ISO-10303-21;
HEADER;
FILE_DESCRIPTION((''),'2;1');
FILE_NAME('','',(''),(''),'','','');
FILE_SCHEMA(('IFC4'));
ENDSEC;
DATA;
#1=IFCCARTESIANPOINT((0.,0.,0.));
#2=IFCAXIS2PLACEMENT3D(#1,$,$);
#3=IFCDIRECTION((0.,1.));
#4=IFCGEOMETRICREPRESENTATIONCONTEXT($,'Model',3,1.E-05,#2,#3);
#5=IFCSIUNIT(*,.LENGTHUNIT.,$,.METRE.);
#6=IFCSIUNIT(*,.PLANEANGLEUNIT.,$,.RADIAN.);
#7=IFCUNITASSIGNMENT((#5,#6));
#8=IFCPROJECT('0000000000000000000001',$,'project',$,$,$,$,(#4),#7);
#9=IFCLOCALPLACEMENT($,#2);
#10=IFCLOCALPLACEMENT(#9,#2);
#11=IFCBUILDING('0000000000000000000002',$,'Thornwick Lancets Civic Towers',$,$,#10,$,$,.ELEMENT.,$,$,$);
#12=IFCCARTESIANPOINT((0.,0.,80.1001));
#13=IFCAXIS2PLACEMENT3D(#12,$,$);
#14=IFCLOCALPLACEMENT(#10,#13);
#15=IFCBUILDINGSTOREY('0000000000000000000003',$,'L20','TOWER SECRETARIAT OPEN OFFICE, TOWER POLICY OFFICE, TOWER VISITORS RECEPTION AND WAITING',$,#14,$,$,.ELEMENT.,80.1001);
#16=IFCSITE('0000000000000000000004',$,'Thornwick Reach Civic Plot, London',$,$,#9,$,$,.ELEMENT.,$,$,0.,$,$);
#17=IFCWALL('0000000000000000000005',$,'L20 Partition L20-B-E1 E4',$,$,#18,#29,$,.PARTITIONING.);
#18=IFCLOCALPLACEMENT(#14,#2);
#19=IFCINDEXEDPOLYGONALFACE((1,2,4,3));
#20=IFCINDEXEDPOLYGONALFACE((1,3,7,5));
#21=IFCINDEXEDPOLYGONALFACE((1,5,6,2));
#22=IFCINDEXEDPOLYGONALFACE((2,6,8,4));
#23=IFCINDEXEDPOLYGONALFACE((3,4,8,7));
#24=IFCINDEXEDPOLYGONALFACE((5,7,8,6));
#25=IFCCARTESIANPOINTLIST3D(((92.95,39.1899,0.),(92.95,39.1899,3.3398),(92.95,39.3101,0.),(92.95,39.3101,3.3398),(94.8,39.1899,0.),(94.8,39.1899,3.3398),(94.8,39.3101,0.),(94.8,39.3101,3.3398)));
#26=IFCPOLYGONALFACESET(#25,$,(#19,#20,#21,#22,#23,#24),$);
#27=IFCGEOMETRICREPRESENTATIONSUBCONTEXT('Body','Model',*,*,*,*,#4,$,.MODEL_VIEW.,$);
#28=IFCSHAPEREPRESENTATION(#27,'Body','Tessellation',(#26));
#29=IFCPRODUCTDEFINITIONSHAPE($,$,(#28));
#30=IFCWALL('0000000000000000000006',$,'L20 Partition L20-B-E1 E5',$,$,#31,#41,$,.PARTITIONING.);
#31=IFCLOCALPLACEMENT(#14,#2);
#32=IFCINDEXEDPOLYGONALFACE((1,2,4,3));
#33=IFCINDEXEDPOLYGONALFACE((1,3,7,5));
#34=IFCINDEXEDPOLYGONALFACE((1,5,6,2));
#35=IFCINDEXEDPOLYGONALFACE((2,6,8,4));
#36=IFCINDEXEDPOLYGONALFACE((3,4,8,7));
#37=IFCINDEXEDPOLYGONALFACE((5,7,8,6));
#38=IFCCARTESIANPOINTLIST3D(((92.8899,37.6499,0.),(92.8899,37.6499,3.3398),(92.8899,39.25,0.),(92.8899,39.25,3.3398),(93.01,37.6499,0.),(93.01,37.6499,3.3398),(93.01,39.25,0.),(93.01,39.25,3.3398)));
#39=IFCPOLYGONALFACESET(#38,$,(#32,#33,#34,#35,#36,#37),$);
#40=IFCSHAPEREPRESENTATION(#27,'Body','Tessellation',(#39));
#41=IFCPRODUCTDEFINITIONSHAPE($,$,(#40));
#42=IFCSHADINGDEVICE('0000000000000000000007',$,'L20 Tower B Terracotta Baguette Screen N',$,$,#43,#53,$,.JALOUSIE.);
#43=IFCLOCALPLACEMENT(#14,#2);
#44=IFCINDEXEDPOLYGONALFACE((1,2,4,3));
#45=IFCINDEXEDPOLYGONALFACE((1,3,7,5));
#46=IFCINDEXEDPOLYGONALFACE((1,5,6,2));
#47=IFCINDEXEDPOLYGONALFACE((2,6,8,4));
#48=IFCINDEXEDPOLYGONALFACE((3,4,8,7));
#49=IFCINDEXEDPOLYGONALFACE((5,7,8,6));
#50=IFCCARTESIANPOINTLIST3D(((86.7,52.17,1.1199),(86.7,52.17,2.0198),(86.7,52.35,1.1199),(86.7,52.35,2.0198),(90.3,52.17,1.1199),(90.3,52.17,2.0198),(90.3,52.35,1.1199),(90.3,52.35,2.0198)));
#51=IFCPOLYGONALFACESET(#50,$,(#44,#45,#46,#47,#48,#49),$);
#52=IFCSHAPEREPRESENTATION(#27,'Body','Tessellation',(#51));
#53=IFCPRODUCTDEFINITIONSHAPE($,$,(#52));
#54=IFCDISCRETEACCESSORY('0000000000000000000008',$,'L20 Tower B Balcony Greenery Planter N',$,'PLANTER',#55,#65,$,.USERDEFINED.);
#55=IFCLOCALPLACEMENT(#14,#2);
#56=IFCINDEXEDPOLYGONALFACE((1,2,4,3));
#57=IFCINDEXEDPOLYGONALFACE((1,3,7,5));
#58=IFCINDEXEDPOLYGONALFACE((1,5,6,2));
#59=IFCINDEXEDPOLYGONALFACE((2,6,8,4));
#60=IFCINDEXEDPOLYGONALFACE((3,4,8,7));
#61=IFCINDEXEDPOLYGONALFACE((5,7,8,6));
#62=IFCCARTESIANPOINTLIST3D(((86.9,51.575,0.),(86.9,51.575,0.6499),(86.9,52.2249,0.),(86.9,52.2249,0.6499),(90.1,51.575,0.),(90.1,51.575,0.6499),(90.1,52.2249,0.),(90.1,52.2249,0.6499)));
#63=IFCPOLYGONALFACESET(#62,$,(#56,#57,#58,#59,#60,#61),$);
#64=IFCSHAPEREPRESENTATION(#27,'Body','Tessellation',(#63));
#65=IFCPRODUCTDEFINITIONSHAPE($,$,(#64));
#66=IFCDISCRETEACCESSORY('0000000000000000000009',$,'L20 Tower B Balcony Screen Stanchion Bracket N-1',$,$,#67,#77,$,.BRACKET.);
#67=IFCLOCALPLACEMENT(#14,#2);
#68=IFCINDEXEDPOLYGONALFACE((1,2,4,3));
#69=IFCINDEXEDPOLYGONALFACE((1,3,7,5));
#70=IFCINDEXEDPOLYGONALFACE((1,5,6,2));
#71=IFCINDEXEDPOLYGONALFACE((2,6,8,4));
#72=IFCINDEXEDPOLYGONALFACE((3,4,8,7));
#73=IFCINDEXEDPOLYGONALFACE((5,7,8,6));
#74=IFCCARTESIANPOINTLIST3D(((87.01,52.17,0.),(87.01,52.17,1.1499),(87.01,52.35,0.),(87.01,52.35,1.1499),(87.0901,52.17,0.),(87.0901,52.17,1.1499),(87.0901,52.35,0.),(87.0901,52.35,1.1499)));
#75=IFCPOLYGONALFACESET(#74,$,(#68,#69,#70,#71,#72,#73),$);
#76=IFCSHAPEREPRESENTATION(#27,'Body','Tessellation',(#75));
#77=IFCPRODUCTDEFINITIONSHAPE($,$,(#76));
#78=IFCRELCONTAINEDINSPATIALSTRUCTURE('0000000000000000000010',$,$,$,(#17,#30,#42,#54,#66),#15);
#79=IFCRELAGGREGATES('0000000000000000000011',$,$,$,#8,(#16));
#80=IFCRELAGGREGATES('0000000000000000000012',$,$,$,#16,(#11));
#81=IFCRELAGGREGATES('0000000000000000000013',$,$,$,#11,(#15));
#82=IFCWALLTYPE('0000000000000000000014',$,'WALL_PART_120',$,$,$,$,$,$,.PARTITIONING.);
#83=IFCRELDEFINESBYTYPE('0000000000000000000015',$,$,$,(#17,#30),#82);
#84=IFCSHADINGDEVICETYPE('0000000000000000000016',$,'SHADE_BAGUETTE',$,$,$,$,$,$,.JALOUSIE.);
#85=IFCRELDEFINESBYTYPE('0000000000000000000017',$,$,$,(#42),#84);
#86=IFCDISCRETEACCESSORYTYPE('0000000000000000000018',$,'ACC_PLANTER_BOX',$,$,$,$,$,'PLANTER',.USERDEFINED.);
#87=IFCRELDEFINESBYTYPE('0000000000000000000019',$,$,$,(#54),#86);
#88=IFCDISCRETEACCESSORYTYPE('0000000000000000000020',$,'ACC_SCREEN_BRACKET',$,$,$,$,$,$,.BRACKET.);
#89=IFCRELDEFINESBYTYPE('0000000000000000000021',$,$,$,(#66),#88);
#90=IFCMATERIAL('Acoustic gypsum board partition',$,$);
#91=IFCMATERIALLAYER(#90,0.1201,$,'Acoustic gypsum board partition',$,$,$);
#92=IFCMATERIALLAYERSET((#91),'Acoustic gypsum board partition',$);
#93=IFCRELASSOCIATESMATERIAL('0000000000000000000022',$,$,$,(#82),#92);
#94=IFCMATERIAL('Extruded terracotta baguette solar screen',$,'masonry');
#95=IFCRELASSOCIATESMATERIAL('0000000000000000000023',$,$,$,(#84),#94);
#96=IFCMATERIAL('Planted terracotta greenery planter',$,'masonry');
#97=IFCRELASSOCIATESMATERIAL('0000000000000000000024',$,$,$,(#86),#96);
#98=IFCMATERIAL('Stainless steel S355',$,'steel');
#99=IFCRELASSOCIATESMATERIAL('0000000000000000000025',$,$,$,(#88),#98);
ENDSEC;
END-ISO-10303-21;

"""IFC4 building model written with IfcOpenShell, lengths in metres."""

from ifc_helpers import new_model, si_unit, direction, frame, frame_2d, origin, origin_2d, place, context, subcontext, project, spatial, rectangle, extrude, material, layer, layer_set, type_object, element, save


model = new_model("IFC4")

# Units and contexts
model_context = context("Model", 3, precision=1e-05, world=origin(), true_north=direction((0.0, 1.0)))
body_context = subcontext(model_context, "Body", "Model", "MODEL_VIEW")
ifc_project = project(units=[si_unit("LENGTHUNIT", "METRE"), si_unit("PLANEANGLEUNIT", "RADIAN")], contexts=[model_context])

# Site, building, storey
site_placement = place(None, origin())
site = spatial("IfcSite", under=ifc_project, at=site_placement, Name="Thornwick Reach Civic Plot, London", CompositionType="ELEMENT", RefElevation=0.0)
building_placement = place(site_placement, origin())
building = spatial("IfcBuilding", under=site, at=building_placement, Name="Thornwick Lancets Civic Towers", CompositionType="ELEMENT")
storey_placement = place(building_placement, frame((0.0, 0.0, 80.1001)))
storey = spatial("IfcBuildingStorey", under=building, at=storey_placement, Name="L20", Description="TOWER SECRETARIAT OPEN OFFICE, TOWER POLICY OFFICE, TOWER VISITORS RECEPTION AND WAITING", CompositionType="ELEMENT", Elevation=80.1001)

# Walls
ifc_material_1 = material(Name="Acoustic gypsum board partition")
ifc_layer_1 = layer(ifc_material_1, 0.1201, Name="Acoustic gypsum board partition")
ifc_layer_set_1 = layer_set([ifc_layer_1], Name="Acoustic gypsum board partition")
wall_type_1 = type_object("IfcWallType", Name="WALL_PART_120", PredefinedType="PARTITIONING", material=ifc_layer_set_1)
wall_1_placement = place(storey_placement, frame((94.8, 39.25, 0.0), z_axis=(0.0, 0.0, 1.0), x_axis=(-1.0, 0.0, 0.0)))
element("IfcWall", 1, at=wall_1_placement, inside=storey, type_object=wall_type_1, Name="L20 Partition L20-B-E1 E4", PredefinedType="PARTITIONING", context=body_context, shape_type="SweptSolid", body=[
    extrude(rectangle(XDim=1.8501, YDim=0.1201, at=frame_2d((0.925, 0.0))), origin(), (0.0, 0.0, 1.0), 3.3398),
])
wall_2_placement = place(storey_placement, frame((92.95, 39.25, 0.0), z_axis=(0.0, 0.0, 1.0), x_axis=(0.0, -1.0, 0.0)))
element("IfcWall", 2, at=wall_2_placement, inside=storey, type_object=wall_type_1, Name="L20 Partition L20-B-E1 E5", PredefinedType="PARTITIONING", context=body_context, shape_type="SweptSolid", body=[
    extrude(rectangle(XDim=1.6001, YDim=0.1201, at=frame_2d((0.8, 0.0))), origin(), (0.0, 0.0, 1.0), 3.3398),
])

# Shading device
ifc_material_2 = material(Name="Extruded terracotta baguette solar screen", Category="masonry")
shading_device_type = type_object("IfcShadingDeviceType", Name="SHADE_BAGUETTE", PredefinedType="JALOUSIE", material=ifc_material_2)
shading_device_placement = place(storey_placement, frame((88.5, 52.26, 1.1199), z_axis=(0.0, 0.0, 1.0), x_axis=(1.0, 0.0, 0.0)))
element("IfcShadingDevice", 3, at=shading_device_placement, inside=storey, type_object=shading_device_type, Name="L20 Tower B Terracotta Baguette Screen N", PredefinedType="JALOUSIE", context=body_context, shape_type="SweptSolid", body=[
    extrude(rectangle(XDim=3.6001, YDim=0.1799, at=origin_2d()), origin(), (0.0, 0.0, 1.0), 0.8999),
])

# Discrete accessories
ifc_material_3 = material(Name="Planted terracotta greenery planter", Category="masonry")
discrete_accessory_type_1 = type_object("IfcDiscreteAccessoryType", Name="ACC_PLANTER_BOX", ElementType="PLANTER", PredefinedType="USERDEFINED", material=ifc_material_3)
discrete_accessory_1_placement = place(storey_placement, frame((88.5, 51.8999, 0.0), z_axis=(0.0, 0.0, 1.0), x_axis=(1.0, 0.0, 0.0)))
element("IfcDiscreteAccessory", 4, at=discrete_accessory_1_placement, inside=storey, type_object=discrete_accessory_type_1, Name="L20 Tower B Balcony Greenery Planter N", ObjectType="PLANTER", PredefinedType="USERDEFINED", context=body_context, shape_type="SweptSolid", body=[
    extrude(rectangle(XDim=3.2, YDim=0.6499, at=origin_2d()), origin(), (0.0, 0.0, 1.0), 0.6499),
])
ifc_material_4 = material(Name="Stainless steel S355", Category="steel")
discrete_accessory_type_2 = type_object("IfcDiscreteAccessoryType", Name="ACC_SCREEN_BRACKET", PredefinedType="BRACKET", material=ifc_material_4)
discrete_accessory_2_placement = place(storey_placement, frame((87.05, 52.26, 0.0), z_axis=(0.0, 0.0, 1.0), x_axis=(1.0, 0.0, 0.0)))
element("IfcDiscreteAccessory", 5, at=discrete_accessory_2_placement, inside=storey, type_object=discrete_accessory_type_2, Name="L20 Tower B Balcony Screen Stanchion Bracket N-1", PredefinedType="BRACKET", context=body_context, shape_type="SweptSolid", body=[
    extrude(rectangle(XDim=0.0801, YDim=0.1799, at=origin_2d()), origin(), (0.0, 0.0, 1.0), 1.1499),
])

save(model, "model.ifc")
